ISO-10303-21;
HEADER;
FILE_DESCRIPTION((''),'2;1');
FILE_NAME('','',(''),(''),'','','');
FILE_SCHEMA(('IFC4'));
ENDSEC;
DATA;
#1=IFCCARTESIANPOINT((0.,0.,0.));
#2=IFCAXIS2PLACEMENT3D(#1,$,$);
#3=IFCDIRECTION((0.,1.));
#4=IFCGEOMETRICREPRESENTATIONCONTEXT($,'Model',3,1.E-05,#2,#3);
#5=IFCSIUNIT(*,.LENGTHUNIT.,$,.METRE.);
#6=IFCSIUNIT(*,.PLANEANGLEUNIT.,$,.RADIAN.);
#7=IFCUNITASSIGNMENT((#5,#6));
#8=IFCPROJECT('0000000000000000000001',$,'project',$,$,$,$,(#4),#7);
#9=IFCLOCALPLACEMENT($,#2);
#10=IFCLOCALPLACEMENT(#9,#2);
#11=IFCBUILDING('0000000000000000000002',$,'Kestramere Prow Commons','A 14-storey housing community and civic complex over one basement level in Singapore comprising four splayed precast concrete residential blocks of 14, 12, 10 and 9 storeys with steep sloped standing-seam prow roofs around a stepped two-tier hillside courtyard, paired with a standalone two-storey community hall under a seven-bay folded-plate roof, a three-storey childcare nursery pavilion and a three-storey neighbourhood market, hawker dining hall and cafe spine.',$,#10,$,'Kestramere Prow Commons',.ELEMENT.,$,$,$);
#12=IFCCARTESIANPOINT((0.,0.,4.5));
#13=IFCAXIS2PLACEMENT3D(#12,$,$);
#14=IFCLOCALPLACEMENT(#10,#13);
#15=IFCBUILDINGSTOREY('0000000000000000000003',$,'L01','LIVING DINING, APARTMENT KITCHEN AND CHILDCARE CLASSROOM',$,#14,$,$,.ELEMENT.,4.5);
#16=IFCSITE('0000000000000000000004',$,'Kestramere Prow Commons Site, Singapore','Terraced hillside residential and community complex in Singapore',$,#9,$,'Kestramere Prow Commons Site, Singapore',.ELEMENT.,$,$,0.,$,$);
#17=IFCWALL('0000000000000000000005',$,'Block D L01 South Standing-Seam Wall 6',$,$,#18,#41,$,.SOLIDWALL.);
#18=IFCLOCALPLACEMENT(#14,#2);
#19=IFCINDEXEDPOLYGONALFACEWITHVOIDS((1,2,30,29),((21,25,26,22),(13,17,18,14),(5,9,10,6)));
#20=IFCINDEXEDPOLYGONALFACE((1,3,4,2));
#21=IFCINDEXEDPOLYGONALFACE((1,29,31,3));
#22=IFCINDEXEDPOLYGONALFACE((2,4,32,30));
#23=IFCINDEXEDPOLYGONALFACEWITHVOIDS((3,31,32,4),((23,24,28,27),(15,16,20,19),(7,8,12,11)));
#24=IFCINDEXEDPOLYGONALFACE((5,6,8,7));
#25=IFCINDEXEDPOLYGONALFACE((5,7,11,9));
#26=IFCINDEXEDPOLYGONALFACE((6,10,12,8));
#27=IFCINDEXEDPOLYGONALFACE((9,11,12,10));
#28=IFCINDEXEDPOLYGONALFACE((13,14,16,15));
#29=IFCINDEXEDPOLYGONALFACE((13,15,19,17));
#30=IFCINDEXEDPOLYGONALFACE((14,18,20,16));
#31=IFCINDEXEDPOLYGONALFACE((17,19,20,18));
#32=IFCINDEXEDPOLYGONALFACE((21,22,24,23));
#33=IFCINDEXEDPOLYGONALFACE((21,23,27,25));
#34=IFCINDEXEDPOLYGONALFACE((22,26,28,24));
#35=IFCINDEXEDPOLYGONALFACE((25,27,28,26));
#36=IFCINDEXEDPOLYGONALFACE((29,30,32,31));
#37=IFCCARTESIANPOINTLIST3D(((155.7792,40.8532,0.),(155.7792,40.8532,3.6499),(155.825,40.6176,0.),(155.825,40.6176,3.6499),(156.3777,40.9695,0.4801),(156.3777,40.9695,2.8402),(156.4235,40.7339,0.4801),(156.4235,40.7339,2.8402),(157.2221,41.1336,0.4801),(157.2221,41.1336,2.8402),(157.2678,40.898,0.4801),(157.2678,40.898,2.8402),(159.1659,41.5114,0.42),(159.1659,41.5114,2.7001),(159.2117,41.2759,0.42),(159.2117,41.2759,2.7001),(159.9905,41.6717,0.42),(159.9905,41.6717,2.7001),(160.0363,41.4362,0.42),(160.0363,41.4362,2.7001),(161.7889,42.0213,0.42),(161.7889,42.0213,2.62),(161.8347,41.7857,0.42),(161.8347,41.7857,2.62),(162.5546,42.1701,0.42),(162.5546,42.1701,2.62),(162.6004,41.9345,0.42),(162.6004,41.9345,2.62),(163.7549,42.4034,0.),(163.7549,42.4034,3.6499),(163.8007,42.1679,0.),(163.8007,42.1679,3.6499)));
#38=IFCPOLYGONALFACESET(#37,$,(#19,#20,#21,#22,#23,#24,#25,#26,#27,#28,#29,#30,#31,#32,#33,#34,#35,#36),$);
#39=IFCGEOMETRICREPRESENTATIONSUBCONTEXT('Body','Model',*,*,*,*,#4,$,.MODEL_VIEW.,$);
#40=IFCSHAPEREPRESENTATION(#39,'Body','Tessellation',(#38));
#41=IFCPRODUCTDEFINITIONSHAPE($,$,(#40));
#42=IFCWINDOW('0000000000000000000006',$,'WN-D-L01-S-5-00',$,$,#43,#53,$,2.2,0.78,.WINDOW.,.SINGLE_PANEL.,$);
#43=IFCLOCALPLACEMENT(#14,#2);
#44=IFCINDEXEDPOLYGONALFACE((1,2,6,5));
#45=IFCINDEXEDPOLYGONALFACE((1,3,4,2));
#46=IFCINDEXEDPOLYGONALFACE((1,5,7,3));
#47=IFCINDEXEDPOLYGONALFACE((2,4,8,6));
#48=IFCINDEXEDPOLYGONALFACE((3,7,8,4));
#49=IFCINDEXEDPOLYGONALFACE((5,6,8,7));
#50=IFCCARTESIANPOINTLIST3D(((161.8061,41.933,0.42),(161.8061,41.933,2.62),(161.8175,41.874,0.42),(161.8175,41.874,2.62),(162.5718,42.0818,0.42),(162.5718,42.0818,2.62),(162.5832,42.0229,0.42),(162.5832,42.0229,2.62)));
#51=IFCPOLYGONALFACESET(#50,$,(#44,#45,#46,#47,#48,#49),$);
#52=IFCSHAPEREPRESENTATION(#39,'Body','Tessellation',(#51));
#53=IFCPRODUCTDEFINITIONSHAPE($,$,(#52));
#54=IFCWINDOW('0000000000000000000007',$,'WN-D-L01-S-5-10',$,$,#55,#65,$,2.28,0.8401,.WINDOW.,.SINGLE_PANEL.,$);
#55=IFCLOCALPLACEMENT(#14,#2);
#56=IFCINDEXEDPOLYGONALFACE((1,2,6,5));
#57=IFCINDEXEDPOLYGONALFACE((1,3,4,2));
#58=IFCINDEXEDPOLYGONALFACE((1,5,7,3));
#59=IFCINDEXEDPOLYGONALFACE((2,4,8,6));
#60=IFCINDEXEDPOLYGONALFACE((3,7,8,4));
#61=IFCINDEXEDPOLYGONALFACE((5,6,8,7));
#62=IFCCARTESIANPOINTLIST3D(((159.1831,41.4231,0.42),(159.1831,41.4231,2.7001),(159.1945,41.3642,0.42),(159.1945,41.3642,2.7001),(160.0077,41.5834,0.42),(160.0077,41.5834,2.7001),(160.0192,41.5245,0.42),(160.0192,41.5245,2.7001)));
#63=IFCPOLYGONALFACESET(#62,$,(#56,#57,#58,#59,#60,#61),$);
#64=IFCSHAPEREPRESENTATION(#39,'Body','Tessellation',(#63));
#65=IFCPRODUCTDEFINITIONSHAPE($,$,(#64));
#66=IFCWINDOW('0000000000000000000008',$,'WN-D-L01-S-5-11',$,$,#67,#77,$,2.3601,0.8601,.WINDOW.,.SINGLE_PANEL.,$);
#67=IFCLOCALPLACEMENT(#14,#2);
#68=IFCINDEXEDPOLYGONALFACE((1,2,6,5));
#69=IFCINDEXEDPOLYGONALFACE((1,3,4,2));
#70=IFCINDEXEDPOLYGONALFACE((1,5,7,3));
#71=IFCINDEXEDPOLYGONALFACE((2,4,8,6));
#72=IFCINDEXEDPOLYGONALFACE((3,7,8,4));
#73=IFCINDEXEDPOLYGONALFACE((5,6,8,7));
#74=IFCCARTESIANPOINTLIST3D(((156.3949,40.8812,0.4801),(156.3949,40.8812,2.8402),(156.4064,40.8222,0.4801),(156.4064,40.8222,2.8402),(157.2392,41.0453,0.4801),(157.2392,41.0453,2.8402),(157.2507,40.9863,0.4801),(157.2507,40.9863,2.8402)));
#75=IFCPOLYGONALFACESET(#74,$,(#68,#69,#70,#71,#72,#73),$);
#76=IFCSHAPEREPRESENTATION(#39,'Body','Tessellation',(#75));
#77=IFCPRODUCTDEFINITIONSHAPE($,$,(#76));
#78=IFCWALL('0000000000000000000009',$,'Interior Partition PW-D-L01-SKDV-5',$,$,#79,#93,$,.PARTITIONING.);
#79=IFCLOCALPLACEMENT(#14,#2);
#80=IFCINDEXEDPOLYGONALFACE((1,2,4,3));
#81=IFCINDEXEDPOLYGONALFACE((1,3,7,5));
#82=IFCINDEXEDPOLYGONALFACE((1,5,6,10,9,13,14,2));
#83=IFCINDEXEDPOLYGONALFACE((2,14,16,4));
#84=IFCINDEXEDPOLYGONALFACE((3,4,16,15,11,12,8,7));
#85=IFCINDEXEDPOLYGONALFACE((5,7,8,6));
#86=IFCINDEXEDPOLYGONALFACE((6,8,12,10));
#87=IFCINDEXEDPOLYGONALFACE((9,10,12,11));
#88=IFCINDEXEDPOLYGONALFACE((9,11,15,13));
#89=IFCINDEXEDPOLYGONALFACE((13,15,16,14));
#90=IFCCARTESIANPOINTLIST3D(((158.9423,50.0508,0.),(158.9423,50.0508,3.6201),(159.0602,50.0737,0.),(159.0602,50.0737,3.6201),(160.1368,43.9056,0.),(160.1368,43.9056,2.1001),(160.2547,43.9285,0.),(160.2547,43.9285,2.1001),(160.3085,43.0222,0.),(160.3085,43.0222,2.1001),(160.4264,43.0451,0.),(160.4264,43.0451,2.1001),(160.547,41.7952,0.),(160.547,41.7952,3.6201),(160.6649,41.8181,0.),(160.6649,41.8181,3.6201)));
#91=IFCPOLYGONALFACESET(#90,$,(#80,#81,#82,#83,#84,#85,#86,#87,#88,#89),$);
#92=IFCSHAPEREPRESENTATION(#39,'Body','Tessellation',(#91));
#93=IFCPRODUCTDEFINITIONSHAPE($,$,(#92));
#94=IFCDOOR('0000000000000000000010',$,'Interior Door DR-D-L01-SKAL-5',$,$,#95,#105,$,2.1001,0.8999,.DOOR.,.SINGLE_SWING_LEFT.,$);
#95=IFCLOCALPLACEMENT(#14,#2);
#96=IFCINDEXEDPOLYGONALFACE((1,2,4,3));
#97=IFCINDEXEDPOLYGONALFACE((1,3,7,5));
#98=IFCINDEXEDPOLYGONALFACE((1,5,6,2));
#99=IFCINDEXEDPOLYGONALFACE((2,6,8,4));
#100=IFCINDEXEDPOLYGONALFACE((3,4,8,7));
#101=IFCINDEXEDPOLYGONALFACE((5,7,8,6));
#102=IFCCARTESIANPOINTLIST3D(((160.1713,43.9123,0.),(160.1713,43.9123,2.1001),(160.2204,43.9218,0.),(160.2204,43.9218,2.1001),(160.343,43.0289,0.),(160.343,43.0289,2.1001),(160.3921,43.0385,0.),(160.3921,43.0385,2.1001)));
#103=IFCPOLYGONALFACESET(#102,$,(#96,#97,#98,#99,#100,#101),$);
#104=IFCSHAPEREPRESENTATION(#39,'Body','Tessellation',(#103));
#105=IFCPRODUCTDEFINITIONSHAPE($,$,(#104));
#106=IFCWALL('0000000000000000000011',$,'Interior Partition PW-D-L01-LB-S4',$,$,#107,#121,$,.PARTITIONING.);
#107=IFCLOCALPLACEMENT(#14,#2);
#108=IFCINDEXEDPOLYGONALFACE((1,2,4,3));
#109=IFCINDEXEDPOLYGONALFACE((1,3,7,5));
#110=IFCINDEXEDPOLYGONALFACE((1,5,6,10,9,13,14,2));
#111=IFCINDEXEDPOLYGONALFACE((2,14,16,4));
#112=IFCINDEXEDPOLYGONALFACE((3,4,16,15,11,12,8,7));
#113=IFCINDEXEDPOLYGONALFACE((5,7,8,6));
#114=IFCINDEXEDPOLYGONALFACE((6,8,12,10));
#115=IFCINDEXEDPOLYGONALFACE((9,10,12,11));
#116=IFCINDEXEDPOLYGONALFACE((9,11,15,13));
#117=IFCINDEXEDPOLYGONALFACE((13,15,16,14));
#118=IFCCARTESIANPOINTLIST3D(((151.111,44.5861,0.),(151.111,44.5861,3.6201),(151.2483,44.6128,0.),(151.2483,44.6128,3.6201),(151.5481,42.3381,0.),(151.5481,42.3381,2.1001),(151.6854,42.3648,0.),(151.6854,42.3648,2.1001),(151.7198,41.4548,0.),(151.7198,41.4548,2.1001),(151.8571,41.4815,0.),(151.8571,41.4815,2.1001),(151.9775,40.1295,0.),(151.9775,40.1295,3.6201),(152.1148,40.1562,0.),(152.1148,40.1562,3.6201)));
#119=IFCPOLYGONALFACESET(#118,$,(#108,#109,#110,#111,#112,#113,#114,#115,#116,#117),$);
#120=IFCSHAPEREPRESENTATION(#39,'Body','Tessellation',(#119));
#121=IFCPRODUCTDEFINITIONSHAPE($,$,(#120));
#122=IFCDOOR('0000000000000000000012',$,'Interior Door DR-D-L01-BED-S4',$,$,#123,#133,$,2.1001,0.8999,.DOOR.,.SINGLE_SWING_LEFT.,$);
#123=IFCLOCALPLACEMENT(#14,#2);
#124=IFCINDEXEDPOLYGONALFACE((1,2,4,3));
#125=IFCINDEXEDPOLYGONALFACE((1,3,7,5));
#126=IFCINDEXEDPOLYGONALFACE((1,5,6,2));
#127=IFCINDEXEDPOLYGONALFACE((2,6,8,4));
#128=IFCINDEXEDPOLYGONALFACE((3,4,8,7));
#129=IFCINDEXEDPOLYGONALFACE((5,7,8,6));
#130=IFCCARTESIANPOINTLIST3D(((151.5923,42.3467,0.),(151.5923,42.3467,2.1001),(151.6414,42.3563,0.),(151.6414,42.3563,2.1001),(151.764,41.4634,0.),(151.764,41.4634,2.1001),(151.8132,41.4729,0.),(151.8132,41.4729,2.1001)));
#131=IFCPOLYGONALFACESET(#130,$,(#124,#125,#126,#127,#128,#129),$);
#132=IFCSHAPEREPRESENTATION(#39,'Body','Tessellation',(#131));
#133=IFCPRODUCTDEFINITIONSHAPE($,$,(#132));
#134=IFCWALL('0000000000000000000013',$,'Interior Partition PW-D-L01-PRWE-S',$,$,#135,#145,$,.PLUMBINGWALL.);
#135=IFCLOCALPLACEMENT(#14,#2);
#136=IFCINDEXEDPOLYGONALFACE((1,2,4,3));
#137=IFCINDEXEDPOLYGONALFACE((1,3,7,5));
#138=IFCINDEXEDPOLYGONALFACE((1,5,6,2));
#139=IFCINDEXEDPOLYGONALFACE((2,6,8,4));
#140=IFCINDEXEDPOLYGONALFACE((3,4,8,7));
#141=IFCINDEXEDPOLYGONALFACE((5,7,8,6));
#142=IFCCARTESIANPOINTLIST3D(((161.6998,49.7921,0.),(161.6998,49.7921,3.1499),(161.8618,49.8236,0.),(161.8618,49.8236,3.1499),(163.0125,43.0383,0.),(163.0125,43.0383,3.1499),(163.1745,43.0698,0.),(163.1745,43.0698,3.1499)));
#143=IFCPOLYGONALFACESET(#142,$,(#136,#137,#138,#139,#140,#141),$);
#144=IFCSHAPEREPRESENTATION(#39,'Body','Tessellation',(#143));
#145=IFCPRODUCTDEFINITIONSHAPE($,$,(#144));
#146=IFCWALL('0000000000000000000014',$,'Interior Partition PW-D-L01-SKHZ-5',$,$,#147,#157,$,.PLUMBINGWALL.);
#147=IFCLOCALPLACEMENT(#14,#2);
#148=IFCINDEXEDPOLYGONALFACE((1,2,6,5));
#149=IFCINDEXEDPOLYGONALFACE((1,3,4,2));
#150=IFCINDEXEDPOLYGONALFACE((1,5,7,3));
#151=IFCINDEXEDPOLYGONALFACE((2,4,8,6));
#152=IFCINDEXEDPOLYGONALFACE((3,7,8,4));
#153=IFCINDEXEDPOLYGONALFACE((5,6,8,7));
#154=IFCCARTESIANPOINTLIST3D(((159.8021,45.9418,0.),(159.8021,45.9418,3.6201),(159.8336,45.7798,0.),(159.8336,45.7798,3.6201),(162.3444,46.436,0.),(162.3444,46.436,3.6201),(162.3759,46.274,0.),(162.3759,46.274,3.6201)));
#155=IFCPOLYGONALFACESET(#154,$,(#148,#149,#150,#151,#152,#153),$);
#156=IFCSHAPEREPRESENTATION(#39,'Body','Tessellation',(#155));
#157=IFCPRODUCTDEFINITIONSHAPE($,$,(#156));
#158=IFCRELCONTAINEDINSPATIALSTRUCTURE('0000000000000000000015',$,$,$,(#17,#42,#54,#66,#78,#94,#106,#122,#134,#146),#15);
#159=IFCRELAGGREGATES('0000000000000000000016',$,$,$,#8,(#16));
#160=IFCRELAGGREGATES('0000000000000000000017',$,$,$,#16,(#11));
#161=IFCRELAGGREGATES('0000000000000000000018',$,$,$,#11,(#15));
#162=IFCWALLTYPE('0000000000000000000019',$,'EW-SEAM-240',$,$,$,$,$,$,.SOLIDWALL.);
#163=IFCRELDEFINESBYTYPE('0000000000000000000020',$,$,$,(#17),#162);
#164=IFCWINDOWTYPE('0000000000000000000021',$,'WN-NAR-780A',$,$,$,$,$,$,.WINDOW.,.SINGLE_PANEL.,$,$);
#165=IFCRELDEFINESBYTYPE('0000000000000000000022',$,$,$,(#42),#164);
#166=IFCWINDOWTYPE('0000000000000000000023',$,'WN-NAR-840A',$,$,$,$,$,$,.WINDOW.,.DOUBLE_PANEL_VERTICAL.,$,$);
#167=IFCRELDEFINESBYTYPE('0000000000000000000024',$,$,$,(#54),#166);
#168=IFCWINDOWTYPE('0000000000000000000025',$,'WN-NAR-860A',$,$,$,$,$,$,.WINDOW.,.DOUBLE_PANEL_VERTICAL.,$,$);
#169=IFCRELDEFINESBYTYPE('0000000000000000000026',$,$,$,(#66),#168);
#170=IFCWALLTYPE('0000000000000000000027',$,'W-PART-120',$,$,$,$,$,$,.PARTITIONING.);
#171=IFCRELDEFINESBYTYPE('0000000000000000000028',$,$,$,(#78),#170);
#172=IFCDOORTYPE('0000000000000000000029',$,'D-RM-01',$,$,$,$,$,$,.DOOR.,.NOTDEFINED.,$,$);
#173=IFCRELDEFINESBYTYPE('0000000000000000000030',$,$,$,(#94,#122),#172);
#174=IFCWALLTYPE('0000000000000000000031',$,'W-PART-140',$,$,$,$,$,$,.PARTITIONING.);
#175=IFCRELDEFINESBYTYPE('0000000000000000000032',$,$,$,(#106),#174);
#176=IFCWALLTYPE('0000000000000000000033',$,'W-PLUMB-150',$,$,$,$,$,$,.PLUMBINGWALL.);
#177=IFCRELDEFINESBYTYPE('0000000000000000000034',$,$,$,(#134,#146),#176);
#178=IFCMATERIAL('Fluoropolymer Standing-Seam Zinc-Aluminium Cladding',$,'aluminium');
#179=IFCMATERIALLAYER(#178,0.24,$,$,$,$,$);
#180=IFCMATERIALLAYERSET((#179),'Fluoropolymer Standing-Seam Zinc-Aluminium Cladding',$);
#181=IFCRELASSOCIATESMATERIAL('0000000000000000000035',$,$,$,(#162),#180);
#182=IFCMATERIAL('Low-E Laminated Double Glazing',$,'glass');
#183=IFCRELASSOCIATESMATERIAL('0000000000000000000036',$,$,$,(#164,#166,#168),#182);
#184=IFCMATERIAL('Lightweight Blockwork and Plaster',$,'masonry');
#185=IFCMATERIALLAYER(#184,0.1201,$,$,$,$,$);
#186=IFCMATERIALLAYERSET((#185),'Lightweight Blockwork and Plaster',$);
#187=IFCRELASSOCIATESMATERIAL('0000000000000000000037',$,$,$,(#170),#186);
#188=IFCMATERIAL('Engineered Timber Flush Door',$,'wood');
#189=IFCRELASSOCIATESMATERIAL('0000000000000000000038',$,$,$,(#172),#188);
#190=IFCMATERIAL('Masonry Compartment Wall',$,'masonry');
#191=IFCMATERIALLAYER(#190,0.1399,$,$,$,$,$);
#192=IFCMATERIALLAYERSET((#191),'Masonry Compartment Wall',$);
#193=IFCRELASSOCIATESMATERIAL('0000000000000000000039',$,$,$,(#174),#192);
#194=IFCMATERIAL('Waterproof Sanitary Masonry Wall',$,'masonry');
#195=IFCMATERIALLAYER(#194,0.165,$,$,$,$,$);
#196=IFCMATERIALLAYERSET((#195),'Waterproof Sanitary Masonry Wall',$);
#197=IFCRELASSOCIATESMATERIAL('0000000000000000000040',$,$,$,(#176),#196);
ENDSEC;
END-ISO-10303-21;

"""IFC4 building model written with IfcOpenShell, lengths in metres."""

from ifc_helpers import new_model, si_unit, direction, frame, frame_2d, origin, place, context, subcontext, project, spatial, rectangle, extrude, material, layer, layer_set, type_object, element, fill, save


model = new_model("IFC4")

# Units and contexts
model_context = context("Model", 3, precision=1e-05, world=origin(), true_north=direction((0.0, 1.0)))
body_context = subcontext(model_context, "Body", "Model", "MODEL_VIEW")
ifc_project = project(units=[si_unit("LENGTHUNIT", "METRE"), si_unit("PLANEANGLEUNIT", "RADIAN")], contexts=[model_context])

# Site, building, storey
site_placement = place(None, origin())
site = spatial("IfcSite", under=ifc_project, at=site_placement, Name="Kestramere Prow Commons Site, Singapore", Description="Terraced hillside residential and community complex in Singapore", LongName="Kestramere Prow Commons Site, Singapore", CompositionType="ELEMENT", RefElevation=0.0)
building_placement = place(site_placement, origin())
building = spatial("IfcBuilding", under=site, at=building_placement, Name="Kestramere Prow Commons", Description="A 14-storey housing community and civic complex over one basement level in Singapore comprising four splayed precast concrete residential blocks of 14, 12, 10 and 9 storeys with steep sloped standing-seam prow roofs around a stepped two-tier hillside courtyard, paired with a standalone two-storey community hall under a seven-bay folded-plate roof, a three-storey childcare nursery pavilion and a three-storey neighbourhood market, hawker dining hall and cafe spine.", LongName="Kestramere Prow Commons", CompositionType="ELEMENT")
storey_placement = place(building_placement, frame((0.0, 0.0, 4.5)))
storey = spatial("IfcBuildingStorey", under=building, at=storey_placement, Name="L01", Description="LIVING DINING, APARTMENT KITCHEN AND CHILDCARE CLASSROOM", CompositionType="ELEMENT", Elevation=4.5)

# Wall, openings, windows
ifc_material_1 = material(Name="Fluoropolymer Standing-Seam Zinc-Aluminium Cladding", Category="aluminium")
ifc_layer_1 = layer(ifc_material_1, 0.24)
ifc_layer_set_1 = layer_set([ifc_layer_1], Name="Fluoropolymer Standing-Seam Zinc-Aluminium Cladding")
wall_type_1 = type_object("IfcWallType", Name="EW-SEAM-240", PredefinedType="SOLIDWALL", material=ifc_layer_set_1)
ifc_material_2 = material(Name="Low-E Laminated Double Glazing", Category="glass")
wall_1_placement = place(storey_placement, frame((163.7778, 42.2856, 0.0), z_axis=(0.0, 0.0, 1.0), x_axis=(-0.981628, -0.190803, 0.0)))
wall_1 = element("IfcWall", 1, at=wall_1_placement, inside=storey, type_object=wall_type_1, Name="Block D L01 South Standing-Seam Wall 6", PredefinedType="SOLIDWALL", context=body_context, shape_type="SweptSolid", body=[
    extrude(rectangle(XDim=8.125, YDim=0.24, at=frame_2d((4.0625, 0.0))), origin(), (0.0, 0.0, 1.0), 3.6499),
])
opening_1_placement = place(wall_1_placement, frame((1.2227, 0.0, 0.4199)))
opening_1 = element("IfcOpeningElement", 2, at=opening_1_placement, cuts=wall_1, PredefinedType="OPENING", context=body_context, shape_type="SweptSolid", body=[
    extrude(rectangle(XDim=0.78, YDim=2.2, at=frame_2d((0.3901, 1.1001))), frame((0.0, 0.135, 0.0), z_axis=(0.0, -1.0, 0.0), x_axis=(1.0, 0.0, 0.0)), (0.0, 0.0, 1.0), 0.27),
])
opening_2_placement = place(wall_1_placement, frame((3.835, 0.0, 0.4199)))
opening_2 = element("IfcOpeningElement", 3, at=opening_2_placement, cuts=wall_1, PredefinedType="OPENING", context=body_context, shape_type="SweptSolid", body=[
    extrude(rectangle(XDim=0.8401, YDim=2.28, at=frame_2d((0.4199, 1.1401))), frame((0.0, 0.135, 0.0), z_axis=(0.0, -1.0, 0.0), x_axis=(1.0, 0.0, 0.0)), (0.0, 0.0, 1.0), 0.27),
])
opening_3_placement = place(wall_1_placement, frame((6.655, 0.0, 0.48)))
opening_3 = element("IfcOpeningElement", 4, at=opening_3_placement, cuts=wall_1, PredefinedType="OPENING", context=body_context, shape_type="SweptSolid", body=[
    extrude(rectangle(XDim=0.8601, YDim=2.3601, at=frame_2d((0.4302, 1.1802))), frame((0.0, 0.135, 0.0), z_axis=(0.0, -1.0, 0.0), x_axis=(1.0, 0.0, 0.0)), (0.0, 0.0, 1.0), 0.27),
])
window_type_1 = type_object("IfcWindowType", Name="WN-NAR-780A", PartitioningType="SINGLE_PANEL", PredefinedType="WINDOW", material=ifc_material_2)
window_1_placement = place(opening_1_placement, origin())
window_1 = element("IfcWindow", 5, at=window_1_placement, inside=storey, type_object=window_type_1, Name="WN-D-L01-S-5-00", OverallHeight=2.2, OverallWidth=0.78, PartitioningType="SINGLE_PANEL", PredefinedType="WINDOW", context=body_context, shape_type="SweptSolid", body=[
    extrude(rectangle(XDim=0.78, YDim=2.2, at=frame_2d((0.3901, 1.1001))), frame((0.0, 0.03, 0.0), z_axis=(0.0, -1.0, 0.0), x_axis=(1.0, 0.0, 0.0)), (0.0, 0.0, 1.0), 0.0601),
])
fill(opening_1, window_1)
window_type_2 = type_object("IfcWindowType", Name="WN-NAR-840A", PartitioningType="DOUBLE_PANEL_VERTICAL", PredefinedType="WINDOW", material=ifc_material_2)
window_2_placement = place(opening_2_placement, origin())
window_2 = element("IfcWindow", 6, at=window_2_placement, inside=storey, type_object=window_type_2, Name="WN-D-L01-S-5-10", OverallHeight=2.28, OverallWidth=0.8401, PartitioningType="SINGLE_PANEL", PredefinedType="WINDOW", context=body_context, shape_type="SweptSolid", body=[
    extrude(rectangle(XDim=0.8401, YDim=2.28, at=frame_2d((0.4199, 1.1401))), frame((0.0, 0.03, 0.0), z_axis=(0.0, -1.0, 0.0), x_axis=(1.0, 0.0, 0.0)), (0.0, 0.0, 1.0), 0.0601),
])
fill(opening_2, window_2)
window_type_3 = type_object("IfcWindowType", Name="WN-NAR-860A", PartitioningType="DOUBLE_PANEL_VERTICAL", PredefinedType="WINDOW", material=ifc_material_2)
window_3_placement = place(opening_3_placement, origin())
window_3 = element("IfcWindow", 7, at=window_3_placement, inside=storey, type_object=window_type_3, Name="WN-D-L01-S-5-11", OverallHeight=2.3601, OverallWidth=0.8601, PartitioningType="SINGLE_PANEL", PredefinedType="WINDOW", context=body_context, shape_type="SweptSolid", body=[
    extrude(rectangle(XDim=0.8601, YDim=2.3601, at=frame_2d((0.4302, 1.1802))), frame((0.0, 0.03, 0.0), z_axis=(0.0, -1.0, 0.0), x_axis=(1.0, 0.0, 0.0)), (0.0, 0.0, 1.0), 0.0601),
])
fill(opening_3, window_3)

# Walls, openings, doors
ifc_material_3 = material(Name="Lightweight Blockwork and Plaster", Category="masonry")
ifc_layer_2 = layer(ifc_material_3, 0.1201)
ifc_layer_set_2 = layer_set([ifc_layer_2], Name="Lightweight Blockwork and Plaster")
wall_type_2 = type_object("IfcWallType", Name="W-PART-120", PredefinedType="PARTITIONING", material=ifc_layer_set_2)
wall_2_placement = place(storey_placement, frame((160.606, 41.8066, 0.0), z_axis=(0.0, 0.0, 1.0), x_axis=(-0.19081, 0.981627, 0.0)))
wall_2 = element("IfcWall", 8, at=wall_2_placement, inside=storey, type_object=wall_type_2, Name="Interior Partition PW-D-L01-SKDV-5", PredefinedType="PARTITIONING", context=body_context, shape_type="SweptSolid", body=[
    extrude(rectangle(XDim=8.4102, YDim=0.1201, at=frame_2d((4.2051, 0.0))), origin(), (0.0, 0.0, 1.0), 3.6201),
])
opening_4_placement = place(wall_2_placement, frame((1.25, 0.0, 0.0)))
opening_4 = element("IfcOpeningElement", 9, at=opening_4_placement, cuts=wall_2, PredefinedType="OPENING", context=body_context, shape_type="SweptSolid", body=[
    extrude(rectangle(XDim=0.8999, YDim=2.1001, at=frame_2d((0.45, 1.05))), frame((0.0, 0.075, 0.0), z_axis=(0.0, -1.0, 0.0), x_axis=(1.0, 0.0, 0.0)), (0.0, 0.0, 1.0), 0.1501),
])
ifc_material_4 = material(Name="Engineered Timber Flush Door", Category="wood")
door_type = type_object("IfcDoorType", Name="D-RM-01", OperationType="NOTDEFINED", PredefinedType="DOOR", material=ifc_material_4)
door_1_placement = place(opening_4_placement, origin())
door_1 = element("IfcDoor", 10, at=door_1_placement, inside=storey, type_object=door_type, Name="Interior Door DR-D-L01-SKAL-5", OperationType="SINGLE_SWING_LEFT", OverallHeight=2.1001, OverallWidth=0.8999, PredefinedType="DOOR", context=body_context, shape_type="SweptSolid", body=[
    extrude(rectangle(XDim=0.8999, YDim=2.1001, at=frame_2d((0.45, 1.05))), frame((0.0, 0.0249, 0.0), z_axis=(0.0, -1.0, 0.0), x_axis=(1.0, 0.0, 0.0)), (0.0, 0.0, 1.0), 0.05),
])
fill(opening_4, door_1)
ifc_material_5 = material(Name="Masonry Compartment Wall", Category="masonry")
ifc_layer_3 = layer(ifc_material_5, 0.1399)
ifc_layer_set_3 = layer_set([ifc_layer_3], Name="Masonry Compartment Wall")
wall_type_3 = type_object("IfcWallType", Name="W-PART-140", PredefinedType="PARTITIONING", material=ifc_layer_set_3)
wall_3_placement = place(storey_placement, frame((152.0461, 40.1428, 0.0), z_axis=(0.0, 0.0, 1.0), x_axis=(-0.19085, 0.981619, 0.0)))
wall_3 = element("IfcWall", 11, at=wall_3_placement, inside=storey, type_object=wall_type_3, Name="Interior Partition PW-D-L01-LB-S4", PredefinedType="PARTITIONING", context=body_context, shape_type="SweptSolid", body=[
    extrude(rectangle(XDim=4.54, YDim=0.1399, at=frame_2d((2.27, 0.0))), origin(), (0.0, 0.0, 1.0), 3.6201),
])
opening_5_placement = place(wall_3_placement, frame((1.3501, 0.0, 0.0)))
opening_5 = element("IfcOpeningElement", 12, at=opening_5_placement, cuts=wall_3, PredefinedType="OPENING", context=body_context, shape_type="SweptSolid", body=[
    extrude(rectangle(XDim=0.8999, YDim=2.1001, at=frame_2d((0.45, 1.05))), frame((0.0, 0.085, 0.0), z_axis=(0.0, -1.0, 0.0), x_axis=(1.0, 0.0, 0.0)), (0.0, 0.0, 1.0), 0.1699),
])
door_2_placement = place(opening_5_placement, origin())
door_2 = element("IfcDoor", 13, at=door_2_placement, inside=storey, type_object=door_type, Name="Interior Door DR-D-L01-BED-S4", OperationType="SINGLE_SWING_LEFT", OverallHeight=2.1001, OverallWidth=0.8999, PredefinedType="DOOR", context=body_context, shape_type="SweptSolid", body=[
    extrude(rectangle(XDim=0.8999, YDim=2.1001, at=frame_2d((0.45, 1.05))), frame((0.0, 0.0249, 0.0), z_axis=(0.0, -1.0, 0.0), x_axis=(1.0, 0.0, 0.0)), (0.0, 0.0, 1.0), 0.05),
])
fill(opening_5, door_2)

# Walls
ifc_material_6 = material(Name="Waterproof Sanitary Masonry Wall", Category="masonry")
ifc_layer_4 = layer(ifc_material_6, 0.165)
ifc_layer_set_4 = layer_set([ifc_layer_4], Name="Waterproof Sanitary Masonry Wall")
wall_type_4 = type_object("IfcWallType", Name="W-PLUMB-150", PredefinedType="PLUMBINGWALL", material=ifc_layer_set_4)
wall_4_placement = place(storey_placement, frame((163.0935, 43.0542, 0.0), z_axis=(0.0, 0.0, 1.0), x_axis=(-0.190804, 0.981628, 0.0)))
element("IfcWall", 14, at=wall_4_placement, inside=storey, type_object=wall_type_4, Name="Interior Partition PW-D-L01-PRWE-S", PredefinedType="PLUMBINGWALL", context=body_context, shape_type="SweptSolid", body=[
    extrude(rectangle(XDim=6.8801, YDim=0.165, at=frame_2d((3.4399, 0.0))), origin(), (0.0, 0.0, 1.0), 3.1499),
])
wall_5_placement = place(storey_placement, frame((159.8179, 45.8608, 0.0), z_axis=(0.0, 0.0, 1.0), x_axis=(0.981629, 0.190802, 0.0)))
element("IfcWall", 15, at=wall_5_placement, inside=storey, type_object=wall_type_4, Name="Interior Partition PW-D-L01-SKHZ-5", PredefinedType="PLUMBINGWALL", context=body_context, shape_type="SweptSolid", body=[
    extrude(rectangle(XDim=2.5898, YDim=0.165, at=frame_2d((1.2949, 0.0))), origin(), (0.0, 0.0, 1.0), 3.6201),
])

save(model, "model.ifc")
